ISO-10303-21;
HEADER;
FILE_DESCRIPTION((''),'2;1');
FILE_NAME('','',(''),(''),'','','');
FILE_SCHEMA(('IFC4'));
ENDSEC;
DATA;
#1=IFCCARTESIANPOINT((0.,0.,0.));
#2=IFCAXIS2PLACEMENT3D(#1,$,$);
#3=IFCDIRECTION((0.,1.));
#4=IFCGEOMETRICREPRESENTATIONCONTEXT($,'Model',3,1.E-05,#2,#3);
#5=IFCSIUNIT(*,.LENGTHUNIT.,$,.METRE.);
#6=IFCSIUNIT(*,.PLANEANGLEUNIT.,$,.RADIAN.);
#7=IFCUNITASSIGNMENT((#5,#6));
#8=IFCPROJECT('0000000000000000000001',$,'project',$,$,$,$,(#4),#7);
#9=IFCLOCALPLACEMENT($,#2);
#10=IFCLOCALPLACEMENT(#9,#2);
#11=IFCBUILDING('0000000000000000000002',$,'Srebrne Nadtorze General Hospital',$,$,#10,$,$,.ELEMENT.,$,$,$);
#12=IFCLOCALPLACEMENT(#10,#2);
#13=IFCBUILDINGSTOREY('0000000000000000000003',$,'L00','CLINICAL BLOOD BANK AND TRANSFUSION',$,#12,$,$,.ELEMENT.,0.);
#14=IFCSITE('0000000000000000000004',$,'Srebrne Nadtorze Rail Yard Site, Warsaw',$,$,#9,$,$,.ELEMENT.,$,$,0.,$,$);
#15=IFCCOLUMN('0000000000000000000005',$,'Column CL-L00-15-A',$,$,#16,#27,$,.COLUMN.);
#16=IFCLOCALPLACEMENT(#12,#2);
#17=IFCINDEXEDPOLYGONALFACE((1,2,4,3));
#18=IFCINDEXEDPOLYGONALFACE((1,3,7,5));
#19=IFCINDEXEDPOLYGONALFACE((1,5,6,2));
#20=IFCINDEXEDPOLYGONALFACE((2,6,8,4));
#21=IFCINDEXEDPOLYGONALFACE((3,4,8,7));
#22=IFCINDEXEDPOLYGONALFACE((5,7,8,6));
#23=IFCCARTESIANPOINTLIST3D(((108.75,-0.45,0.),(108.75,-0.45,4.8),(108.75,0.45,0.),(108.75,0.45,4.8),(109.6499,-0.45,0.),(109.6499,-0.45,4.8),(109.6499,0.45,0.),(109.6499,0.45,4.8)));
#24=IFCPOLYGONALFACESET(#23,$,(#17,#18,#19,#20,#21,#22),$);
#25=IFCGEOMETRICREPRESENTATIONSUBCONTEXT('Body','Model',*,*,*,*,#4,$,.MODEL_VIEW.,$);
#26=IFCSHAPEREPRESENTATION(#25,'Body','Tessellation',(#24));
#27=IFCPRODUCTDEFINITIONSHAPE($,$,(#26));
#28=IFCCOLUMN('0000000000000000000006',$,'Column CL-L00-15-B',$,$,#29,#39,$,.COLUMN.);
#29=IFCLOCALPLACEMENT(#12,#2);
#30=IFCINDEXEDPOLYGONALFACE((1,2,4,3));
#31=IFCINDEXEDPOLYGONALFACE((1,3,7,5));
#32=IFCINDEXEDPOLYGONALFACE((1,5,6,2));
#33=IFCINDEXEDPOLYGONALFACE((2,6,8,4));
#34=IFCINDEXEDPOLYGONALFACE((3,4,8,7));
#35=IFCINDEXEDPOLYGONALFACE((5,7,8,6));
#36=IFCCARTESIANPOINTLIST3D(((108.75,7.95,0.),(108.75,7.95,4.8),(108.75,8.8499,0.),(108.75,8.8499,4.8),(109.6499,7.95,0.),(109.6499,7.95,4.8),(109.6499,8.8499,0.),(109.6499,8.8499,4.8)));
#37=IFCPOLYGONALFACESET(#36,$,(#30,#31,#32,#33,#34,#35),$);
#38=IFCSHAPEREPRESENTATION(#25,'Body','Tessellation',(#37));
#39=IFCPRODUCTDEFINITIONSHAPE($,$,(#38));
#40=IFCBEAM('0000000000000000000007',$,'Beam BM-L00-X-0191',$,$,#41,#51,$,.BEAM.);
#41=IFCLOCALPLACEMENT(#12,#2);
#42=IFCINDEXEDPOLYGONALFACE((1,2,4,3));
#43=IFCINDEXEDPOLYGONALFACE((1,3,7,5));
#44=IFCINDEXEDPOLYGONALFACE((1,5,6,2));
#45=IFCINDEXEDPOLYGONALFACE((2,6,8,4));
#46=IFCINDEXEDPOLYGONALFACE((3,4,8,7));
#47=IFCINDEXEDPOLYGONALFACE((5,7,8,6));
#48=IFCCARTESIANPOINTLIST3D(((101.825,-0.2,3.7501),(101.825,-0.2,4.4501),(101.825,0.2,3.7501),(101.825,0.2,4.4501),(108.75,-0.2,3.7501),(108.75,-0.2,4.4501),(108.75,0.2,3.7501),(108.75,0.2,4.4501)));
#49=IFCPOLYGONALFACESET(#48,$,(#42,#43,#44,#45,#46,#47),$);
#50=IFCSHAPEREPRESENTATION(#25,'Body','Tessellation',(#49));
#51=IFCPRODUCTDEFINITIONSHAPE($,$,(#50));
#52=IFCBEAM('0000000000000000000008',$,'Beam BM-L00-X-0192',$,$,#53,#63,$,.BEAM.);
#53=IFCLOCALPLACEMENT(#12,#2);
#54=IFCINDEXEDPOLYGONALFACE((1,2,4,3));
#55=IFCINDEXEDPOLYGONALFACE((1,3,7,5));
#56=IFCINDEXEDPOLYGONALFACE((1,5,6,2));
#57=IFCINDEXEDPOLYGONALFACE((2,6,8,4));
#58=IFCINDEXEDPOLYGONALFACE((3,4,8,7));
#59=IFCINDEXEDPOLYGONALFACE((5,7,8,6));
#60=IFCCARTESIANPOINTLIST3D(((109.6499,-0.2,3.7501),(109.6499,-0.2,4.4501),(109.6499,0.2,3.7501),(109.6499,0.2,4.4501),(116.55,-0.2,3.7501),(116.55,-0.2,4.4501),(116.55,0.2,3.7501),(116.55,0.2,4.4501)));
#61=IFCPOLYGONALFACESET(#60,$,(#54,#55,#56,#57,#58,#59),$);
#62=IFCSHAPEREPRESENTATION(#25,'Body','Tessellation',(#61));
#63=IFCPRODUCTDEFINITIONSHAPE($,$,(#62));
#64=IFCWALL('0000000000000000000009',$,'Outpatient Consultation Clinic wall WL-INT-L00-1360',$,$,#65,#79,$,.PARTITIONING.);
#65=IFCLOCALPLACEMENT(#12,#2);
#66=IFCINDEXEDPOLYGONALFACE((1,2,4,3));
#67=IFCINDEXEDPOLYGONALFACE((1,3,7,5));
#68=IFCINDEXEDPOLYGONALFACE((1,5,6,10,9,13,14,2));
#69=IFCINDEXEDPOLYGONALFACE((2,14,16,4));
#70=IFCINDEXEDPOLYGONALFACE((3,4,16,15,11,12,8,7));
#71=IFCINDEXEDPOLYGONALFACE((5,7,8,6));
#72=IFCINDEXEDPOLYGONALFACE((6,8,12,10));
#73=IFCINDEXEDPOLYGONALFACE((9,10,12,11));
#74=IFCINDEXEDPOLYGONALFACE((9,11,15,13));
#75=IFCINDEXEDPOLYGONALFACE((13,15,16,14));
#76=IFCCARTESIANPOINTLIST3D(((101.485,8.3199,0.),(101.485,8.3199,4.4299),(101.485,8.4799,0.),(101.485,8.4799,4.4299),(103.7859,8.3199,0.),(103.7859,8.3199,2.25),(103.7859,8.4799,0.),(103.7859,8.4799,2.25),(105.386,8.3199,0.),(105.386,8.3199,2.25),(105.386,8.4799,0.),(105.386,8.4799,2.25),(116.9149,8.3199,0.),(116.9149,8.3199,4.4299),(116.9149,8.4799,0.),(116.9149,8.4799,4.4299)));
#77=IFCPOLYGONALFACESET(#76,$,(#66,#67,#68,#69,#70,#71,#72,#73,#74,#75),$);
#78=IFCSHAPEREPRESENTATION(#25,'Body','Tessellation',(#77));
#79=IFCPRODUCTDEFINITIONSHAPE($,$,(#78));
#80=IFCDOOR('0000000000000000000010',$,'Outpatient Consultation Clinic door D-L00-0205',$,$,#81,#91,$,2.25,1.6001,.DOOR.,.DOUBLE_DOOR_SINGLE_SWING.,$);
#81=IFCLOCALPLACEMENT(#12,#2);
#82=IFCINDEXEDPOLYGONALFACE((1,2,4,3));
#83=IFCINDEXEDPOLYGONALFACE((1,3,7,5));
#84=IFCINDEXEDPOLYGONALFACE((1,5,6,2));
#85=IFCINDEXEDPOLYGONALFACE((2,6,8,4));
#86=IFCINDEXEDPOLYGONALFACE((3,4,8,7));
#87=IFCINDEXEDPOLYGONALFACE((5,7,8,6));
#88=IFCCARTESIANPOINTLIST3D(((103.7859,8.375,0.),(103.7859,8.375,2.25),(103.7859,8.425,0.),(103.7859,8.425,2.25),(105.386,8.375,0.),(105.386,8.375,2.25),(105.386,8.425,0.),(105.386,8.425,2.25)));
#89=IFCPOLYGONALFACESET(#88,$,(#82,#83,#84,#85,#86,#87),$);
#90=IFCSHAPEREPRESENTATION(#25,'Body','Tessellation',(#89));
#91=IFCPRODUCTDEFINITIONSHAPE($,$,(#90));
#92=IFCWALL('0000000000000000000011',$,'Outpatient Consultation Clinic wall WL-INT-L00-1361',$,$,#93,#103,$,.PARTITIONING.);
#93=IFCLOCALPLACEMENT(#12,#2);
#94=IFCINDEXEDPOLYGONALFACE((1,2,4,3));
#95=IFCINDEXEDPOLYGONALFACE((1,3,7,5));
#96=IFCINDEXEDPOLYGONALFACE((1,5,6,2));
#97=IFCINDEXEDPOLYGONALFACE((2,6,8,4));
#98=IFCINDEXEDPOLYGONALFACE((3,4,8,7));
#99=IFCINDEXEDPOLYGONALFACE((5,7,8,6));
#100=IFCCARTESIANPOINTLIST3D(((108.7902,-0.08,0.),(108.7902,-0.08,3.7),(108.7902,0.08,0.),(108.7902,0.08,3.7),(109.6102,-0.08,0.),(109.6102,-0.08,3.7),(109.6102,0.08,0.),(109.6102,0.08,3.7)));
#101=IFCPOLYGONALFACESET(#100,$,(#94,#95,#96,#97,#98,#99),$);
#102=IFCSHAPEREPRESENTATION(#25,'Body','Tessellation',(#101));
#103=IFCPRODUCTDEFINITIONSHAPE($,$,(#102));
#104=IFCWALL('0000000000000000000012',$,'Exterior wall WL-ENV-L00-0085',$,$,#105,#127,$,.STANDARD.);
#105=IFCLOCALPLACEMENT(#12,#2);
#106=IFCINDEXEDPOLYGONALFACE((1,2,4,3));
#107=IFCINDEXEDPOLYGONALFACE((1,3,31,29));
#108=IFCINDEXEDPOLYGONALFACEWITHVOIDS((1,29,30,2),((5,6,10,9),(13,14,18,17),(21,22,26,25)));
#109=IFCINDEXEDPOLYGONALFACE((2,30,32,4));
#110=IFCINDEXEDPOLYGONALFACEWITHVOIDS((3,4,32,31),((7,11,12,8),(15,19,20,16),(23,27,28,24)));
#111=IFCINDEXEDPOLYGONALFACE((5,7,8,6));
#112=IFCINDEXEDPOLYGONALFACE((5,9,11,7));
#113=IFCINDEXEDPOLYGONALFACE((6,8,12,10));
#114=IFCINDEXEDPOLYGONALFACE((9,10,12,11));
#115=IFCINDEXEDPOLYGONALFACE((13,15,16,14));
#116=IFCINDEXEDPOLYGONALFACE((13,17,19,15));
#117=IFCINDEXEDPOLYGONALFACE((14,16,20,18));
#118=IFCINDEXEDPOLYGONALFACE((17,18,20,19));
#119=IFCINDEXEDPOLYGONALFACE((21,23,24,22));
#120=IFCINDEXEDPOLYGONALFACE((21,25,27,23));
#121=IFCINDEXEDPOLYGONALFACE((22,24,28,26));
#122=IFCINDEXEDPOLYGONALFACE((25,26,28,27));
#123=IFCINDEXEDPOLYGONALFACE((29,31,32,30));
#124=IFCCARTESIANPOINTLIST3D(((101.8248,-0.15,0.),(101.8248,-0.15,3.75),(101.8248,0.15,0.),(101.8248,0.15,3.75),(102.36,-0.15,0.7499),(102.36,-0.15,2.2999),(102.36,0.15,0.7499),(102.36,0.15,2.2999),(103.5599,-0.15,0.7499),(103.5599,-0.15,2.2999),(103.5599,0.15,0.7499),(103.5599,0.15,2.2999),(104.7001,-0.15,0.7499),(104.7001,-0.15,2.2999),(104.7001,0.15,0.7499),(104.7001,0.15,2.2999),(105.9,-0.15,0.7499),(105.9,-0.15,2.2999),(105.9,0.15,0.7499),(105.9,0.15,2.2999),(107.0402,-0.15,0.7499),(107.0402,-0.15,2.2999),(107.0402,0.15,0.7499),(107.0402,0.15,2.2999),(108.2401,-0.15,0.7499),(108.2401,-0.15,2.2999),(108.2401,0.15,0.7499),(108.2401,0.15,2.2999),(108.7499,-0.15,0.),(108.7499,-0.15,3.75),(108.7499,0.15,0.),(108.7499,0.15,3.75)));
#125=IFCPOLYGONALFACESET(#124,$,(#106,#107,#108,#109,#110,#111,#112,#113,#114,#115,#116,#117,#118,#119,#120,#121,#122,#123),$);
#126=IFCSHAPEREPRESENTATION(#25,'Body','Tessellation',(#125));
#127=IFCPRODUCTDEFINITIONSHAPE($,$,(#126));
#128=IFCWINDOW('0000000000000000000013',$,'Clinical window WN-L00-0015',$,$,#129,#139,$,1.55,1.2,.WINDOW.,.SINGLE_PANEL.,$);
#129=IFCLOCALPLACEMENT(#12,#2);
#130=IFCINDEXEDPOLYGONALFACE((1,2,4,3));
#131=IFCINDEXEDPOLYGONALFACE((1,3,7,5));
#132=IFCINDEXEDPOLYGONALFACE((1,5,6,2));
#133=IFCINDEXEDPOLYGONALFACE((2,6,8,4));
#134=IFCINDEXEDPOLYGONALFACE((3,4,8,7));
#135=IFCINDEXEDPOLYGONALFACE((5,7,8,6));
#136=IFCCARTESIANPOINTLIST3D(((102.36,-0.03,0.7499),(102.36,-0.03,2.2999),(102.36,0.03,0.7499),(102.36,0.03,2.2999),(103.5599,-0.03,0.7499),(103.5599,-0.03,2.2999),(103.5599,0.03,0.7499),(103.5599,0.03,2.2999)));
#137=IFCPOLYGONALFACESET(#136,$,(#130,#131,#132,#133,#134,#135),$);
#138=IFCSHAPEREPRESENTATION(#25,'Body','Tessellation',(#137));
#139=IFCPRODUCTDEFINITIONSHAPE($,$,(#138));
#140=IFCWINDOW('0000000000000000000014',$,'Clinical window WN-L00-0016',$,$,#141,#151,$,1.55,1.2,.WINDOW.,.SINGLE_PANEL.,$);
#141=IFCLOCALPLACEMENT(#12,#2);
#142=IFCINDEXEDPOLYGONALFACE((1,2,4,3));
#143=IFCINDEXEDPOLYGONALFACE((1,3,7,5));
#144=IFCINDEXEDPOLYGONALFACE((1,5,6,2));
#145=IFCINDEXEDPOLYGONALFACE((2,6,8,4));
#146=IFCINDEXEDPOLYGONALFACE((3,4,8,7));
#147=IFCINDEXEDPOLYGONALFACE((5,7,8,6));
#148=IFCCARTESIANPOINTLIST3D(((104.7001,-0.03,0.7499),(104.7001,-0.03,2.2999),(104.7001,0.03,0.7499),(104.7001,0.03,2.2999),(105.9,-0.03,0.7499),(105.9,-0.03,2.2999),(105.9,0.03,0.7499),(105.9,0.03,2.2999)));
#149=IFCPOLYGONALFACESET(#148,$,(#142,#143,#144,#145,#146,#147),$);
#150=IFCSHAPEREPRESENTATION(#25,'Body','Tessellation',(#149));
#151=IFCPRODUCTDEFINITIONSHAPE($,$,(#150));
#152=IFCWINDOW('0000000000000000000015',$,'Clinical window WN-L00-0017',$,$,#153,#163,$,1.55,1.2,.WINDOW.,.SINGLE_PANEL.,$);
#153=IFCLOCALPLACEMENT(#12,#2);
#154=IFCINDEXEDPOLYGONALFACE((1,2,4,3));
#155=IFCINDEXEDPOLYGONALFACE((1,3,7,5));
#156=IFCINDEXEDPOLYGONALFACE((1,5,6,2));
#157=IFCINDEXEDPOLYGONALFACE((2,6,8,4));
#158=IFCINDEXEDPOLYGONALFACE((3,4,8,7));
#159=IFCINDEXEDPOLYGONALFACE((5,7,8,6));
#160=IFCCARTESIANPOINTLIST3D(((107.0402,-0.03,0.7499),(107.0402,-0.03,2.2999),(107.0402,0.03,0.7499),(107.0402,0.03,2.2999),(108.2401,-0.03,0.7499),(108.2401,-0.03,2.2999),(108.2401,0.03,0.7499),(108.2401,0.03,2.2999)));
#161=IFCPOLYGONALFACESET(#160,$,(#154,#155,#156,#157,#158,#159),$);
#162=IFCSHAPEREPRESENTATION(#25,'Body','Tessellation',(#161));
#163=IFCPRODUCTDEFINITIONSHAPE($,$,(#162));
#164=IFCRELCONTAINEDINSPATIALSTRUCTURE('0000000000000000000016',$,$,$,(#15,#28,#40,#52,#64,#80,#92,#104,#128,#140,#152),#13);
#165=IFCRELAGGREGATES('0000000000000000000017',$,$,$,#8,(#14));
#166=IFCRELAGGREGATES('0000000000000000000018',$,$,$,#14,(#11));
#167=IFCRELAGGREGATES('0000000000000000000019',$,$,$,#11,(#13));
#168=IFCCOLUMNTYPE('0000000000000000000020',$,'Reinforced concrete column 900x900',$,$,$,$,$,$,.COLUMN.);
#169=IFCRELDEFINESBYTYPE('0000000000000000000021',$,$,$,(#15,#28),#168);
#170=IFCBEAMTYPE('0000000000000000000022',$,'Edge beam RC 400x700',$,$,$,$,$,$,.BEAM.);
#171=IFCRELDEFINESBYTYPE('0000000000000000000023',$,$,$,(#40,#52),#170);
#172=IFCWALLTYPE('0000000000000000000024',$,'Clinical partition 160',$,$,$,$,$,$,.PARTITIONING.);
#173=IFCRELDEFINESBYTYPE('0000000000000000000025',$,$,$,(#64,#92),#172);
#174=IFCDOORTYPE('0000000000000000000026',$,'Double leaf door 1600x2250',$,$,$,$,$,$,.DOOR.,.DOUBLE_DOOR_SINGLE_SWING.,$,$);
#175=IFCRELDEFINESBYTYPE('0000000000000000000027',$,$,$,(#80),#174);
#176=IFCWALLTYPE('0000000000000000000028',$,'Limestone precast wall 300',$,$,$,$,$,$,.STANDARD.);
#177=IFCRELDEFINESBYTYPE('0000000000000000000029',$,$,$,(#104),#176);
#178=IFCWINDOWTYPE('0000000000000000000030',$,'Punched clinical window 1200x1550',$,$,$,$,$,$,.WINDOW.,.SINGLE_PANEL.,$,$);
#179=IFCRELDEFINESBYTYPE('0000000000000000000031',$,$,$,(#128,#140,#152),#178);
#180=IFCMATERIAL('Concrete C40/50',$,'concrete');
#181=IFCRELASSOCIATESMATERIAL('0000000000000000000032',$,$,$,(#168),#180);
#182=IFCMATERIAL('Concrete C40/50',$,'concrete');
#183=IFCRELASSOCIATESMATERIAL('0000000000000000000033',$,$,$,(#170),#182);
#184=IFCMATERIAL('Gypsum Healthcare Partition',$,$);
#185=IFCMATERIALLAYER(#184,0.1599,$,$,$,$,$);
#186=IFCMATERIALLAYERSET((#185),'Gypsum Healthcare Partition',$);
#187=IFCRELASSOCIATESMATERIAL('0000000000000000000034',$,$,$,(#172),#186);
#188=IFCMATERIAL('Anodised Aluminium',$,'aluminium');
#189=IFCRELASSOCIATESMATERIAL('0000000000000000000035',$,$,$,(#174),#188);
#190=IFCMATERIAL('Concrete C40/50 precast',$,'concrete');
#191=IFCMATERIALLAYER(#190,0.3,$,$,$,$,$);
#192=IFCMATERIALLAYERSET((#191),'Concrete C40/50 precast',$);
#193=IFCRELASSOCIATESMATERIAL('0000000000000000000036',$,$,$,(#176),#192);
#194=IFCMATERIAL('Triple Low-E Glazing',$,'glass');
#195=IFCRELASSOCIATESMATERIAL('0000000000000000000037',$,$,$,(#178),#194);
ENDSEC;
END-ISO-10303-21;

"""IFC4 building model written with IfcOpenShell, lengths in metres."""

from ifc_helpers import new_model, si_unit, direction, frame, frame_2d, origin, origin_2d, place, context, subcontext, project, spatial, rectangle, extrude, material, layer, layer_set, material_profile, profile_set, type_object, element, fill, save


model = new_model("IFC4")

# Units and contexts
model_context = context("Model", 3, precision=1e-05, world=origin(), true_north=direction((0.0, 1.0)))
body_context = subcontext(model_context, "Body", "Model", "MODEL_VIEW")
ifc_project = project(units=[si_unit("LENGTHUNIT", "METRE"), si_unit("PLANEANGLEUNIT", "RADIAN")], contexts=[model_context])

# Site, building, storey
site_placement = place(None, origin())
site = spatial("IfcSite", under=ifc_project, at=site_placement, Name="Srebrne Nadtorze Rail Yard Site, Warsaw", CompositionType="ELEMENT", RefElevation=0.0)
building_placement = place(site_placement, origin())
building = spatial("IfcBuilding", under=site, at=building_placement, Name="Srebrne Nadtorze General Hospital", CompositionType="ELEMENT")
storey_placement = place(building_placement, origin())
storey = spatial("IfcBuildingStorey", under=building, at=storey_placement, Name="L00", Description="CLINICAL BLOOD BANK AND TRANSFUSION", CompositionType="ELEMENT", Elevation=0.0)

# Columns
ifc_material_1 = material(Name="Concrete C40/50", Category="concrete")
ifc_material_profile_1 = material_profile(ifc_material_1, rectangle(XDim=0.8999, YDim=0.8999, at=origin_2d()), Name="RC-COL-900x900")
ifc_profile_set_1 = profile_set([ifc_material_profile_1], Name="Concrete C40/50")
column_type = type_object("IfcColumnType", Name="Reinforced concrete column 900x900", PredefinedType="COLUMN", material=ifc_profile_set_1)
for number, where, z_axis, x_axis, name in (
    (1, (109.2, 0.0, 0.0), (0.0, 0.0, 1.0), (1.0, 0.0, 0.0), "Column CL-L00-15-A"),
    (2, (109.2, 8.3999, 0.0), (0.0, 0.0, 1.0), (1.0, 0.0, 0.0), "Column CL-L00-15-B"),
):
    element("IfcColumn", number, at=place(storey_placement, frame(where, z_axis=z_axis, x_axis=x_axis)), inside=storey, type_object=column_type, Name=name, PredefinedType="COLUMN", context=body_context, shape_type="SweptSolid", body=[
        extrude(rectangle(XDim=0.8999, YDim=0.8999, at=origin_2d()), origin(), (0.0, 0.0, 1.0), 4.8),
    ])

# Beams
ifc_material_2 = material(Name="Concrete C40/50", Category="concrete")
ifc_material_profile_2 = material_profile(ifc_material_2, rectangle(XDim=0.3999, YDim=0.7, at=origin_2d()), Name="RC-BM-400x700")
ifc_profile_set_2 = profile_set([ifc_material_profile_2], Name="Concrete C40/50")
beam_type = type_object("IfcBeamType", Name="Edge beam RC 400x700", PredefinedType="BEAM", material=ifc_profile_set_2)
beam_1_placement = place(storey_placement, frame((101.825, 0.0, 4.1001), z_axis=(1.0, 0.0, 0.0), x_axis=(0.0, 1.0, 0.0)))
element("IfcBeam", 3, at=beam_1_placement, inside=storey, type_object=beam_type, Name="Beam BM-L00-X-0191", PredefinedType="BEAM", context=body_context, shape_type="SweptSolid", body=[
    extrude(rectangle(XDim=0.3999, YDim=0.7, at=origin_2d()), origin(), (0.0, 0.0, 1.0), 6.925),
])
beam_2_placement = place(storey_placement, frame((109.6499, 0.0, 4.1001), z_axis=(1.0, 0.0, 0.0), x_axis=(0.0, 1.0, 0.0)))
element("IfcBeam", 4, at=beam_2_placement, inside=storey, type_object=beam_type, Name="Beam BM-L00-X-0192", PredefinedType="BEAM", context=body_context, shape_type="SweptSolid", body=[
    extrude(rectangle(XDim=0.3999, YDim=0.7, at=origin_2d()), origin(), (0.0, 0.0, 1.0), 6.9001),
])

# Wall, opening, door
ifc_material_3 = material(Name="Gypsum Healthcare Partition")
ifc_layer_1 = layer(ifc_material_3, 0.1599)
ifc_layer_set_1 = layer_set([ifc_layer_1], Name="Gypsum Healthcare Partition")
wall_type_1 = type_object("IfcWallType", Name="Clinical partition 160", PredefinedType="PARTITIONING", material=ifc_layer_set_1)
wall_1_placement = place(storey_placement, frame((101.4851, 8.3999, 0.0), z_axis=(0.0, 0.0, 1.0), x_axis=(1.0, 0.0, 0.0)))
wall_1 = element("IfcWall", 5, at=wall_1_placement, inside=storey, type_object=wall_type_1, Name="Outpatient Consultation Clinic wall WL-INT-L00-1360", PredefinedType="PARTITIONING", context=body_context, shape_type="SweptSolid", body=[
    extrude(rectangle(XDim=15.4299, YDim=0.1599, at=frame_2d((7.7148, 0.0))), origin(), (0.0, 0.0, 1.0), 4.4299),
])
opening_1_placement = place(wall_1_placement, frame((2.3008, 0.0, 0.0)))
opening_1 = element("IfcOpeningElement", 6, at=opening_1_placement, cuts=wall_1, PredefinedType="OPENING", context=body_context, shape_type="SweptSolid", body=[
    extrude(rectangle(XDim=1.6001, YDim=2.25, at=frame_2d((0.8, 1.125))), frame((0.0, 0.0918, 0.0), z_axis=(0.0, -1.0, 0.0), x_axis=(1.0, 0.0, 0.0)), (0.0, 0.0, 1.0), 0.1838),
])
ifc_material_4 = material(Name="Anodised Aluminium", Category="aluminium")
door_type = type_object("IfcDoorType", Name="Double leaf door 1600x2250", OperationType="DOUBLE_DOOR_SINGLE_SWING", PredefinedType="DOOR", material=ifc_material_4)
door_placement = place(opening_1_placement, frame((1.6001, 0.0, 0.0), z_axis=(0.0, 0.0, 1.0), x_axis=(-1.0, 0.0, 0.0)))
door = element("IfcDoor", 7, at=door_placement, inside=storey, type_object=door_type, Name="Outpatient Consultation Clinic door D-L00-0205", OperationType="DOUBLE_DOOR_SINGLE_SWING", OverallHeight=2.25, OverallWidth=1.6001, PredefinedType="DOOR", context=body_context, shape_type="SweptSolid", body=[
    extrude(rectangle(XDim=1.6001, YDim=2.25, at=frame_2d((0.8, 1.125))), frame((0.0, 0.0249, 0.0), z_axis=(0.0, -1.0, 0.0), x_axis=(1.0, 0.0, 0.0)), (0.0, 0.0, 1.0), 0.05),
])
fill(opening_1, door)

# Wall
wall_2_placement = place(storey_placement, frame((108.79, 0.0, 0.0), z_axis=(0.0, 0.0, 1.0), x_axis=(1.0, 0.0, 0.0)))
element("IfcWall", 8, at=wall_2_placement, inside=storey, type_object=wall_type_1, Name="Outpatient Consultation Clinic wall WL-INT-L00-1361", PredefinedType="PARTITIONING", context=body_context, shape_type="SweptSolid", body=[
    extrude(rectangle(XDim=0.8201, YDim=0.1599, at=frame_2d((0.4102, 0.0))), origin(), (0.0, 0.0, 1.0), 3.7),
])

# Wall, openings, windows
ifc_material_5 = material(Name="Concrete C40/50 precast", Category="concrete")
ifc_layer_2 = layer(ifc_material_5, 0.3)
ifc_layer_set_2 = layer_set([ifc_layer_2], Name="Concrete C40/50 precast")
wall_type_2 = type_object("IfcWallType", Name="Limestone precast wall 300", PredefinedType="STANDARD", material=ifc_layer_set_2)
wall_3_placement = place(storey_placement, frame((101.825, 0.0, 0.0), z_axis=(0.0, 0.0, 1.0), x_axis=(1.0, 0.0, 0.0)))
wall_3 = element("IfcWall", 9, at=wall_3_placement, inside=storey, type_object=wall_type_2, Name="Exterior wall WL-ENV-L00-0085", PredefinedType="STANDARD", context=body_context, shape_type="SweptSolid", body=[
    extrude(rectangle(XDim=6.925, YDim=0.3, at=frame_2d((3.4624, 0.0))), origin(), (0.0, 0.0, 1.0), 3.75),
])
opening_2_placement = place(wall_3_placement, frame((0.5349, 0.0, 0.75)))
opening_2 = element("IfcOpeningElement", 10, at=opening_2_placement, cuts=wall_3, PredefinedType="OPENING", context=body_context, shape_type="SweptSolid", body=[
    extrude(rectangle(XDim=1.2, YDim=1.55, at=frame_2d((0.6001, 0.7749))), frame((0.0, 0.1621, 0.0), z_axis=(0.0, -1.0, 0.0), x_axis=(1.0, 0.0, 0.0)), (0.0, 0.0, 1.0), 0.324),
])
opening_3_placement = place(wall_3_placement, frame((2.875, 0.0, 0.75)))
opening_3 = element("IfcOpeningElement", 11, at=opening_3_placement, cuts=wall_3, PredefinedType="OPENING", context=body_context, shape_type="SweptSolid", body=[
    extrude(rectangle(XDim=1.2, YDim=1.55, at=frame_2d((0.6001, 0.7749))), frame((0.0, 0.1621, 0.0), z_axis=(0.0, -1.0, 0.0), x_axis=(1.0, 0.0, 0.0)), (0.0, 0.0, 1.0), 0.324),
])
opening_4_placement = place(wall_3_placement, frame((5.2151, 0.0, 0.75)))
opening_4 = element("IfcOpeningElement", 12, at=opening_4_placement, cuts=wall_3, PredefinedType="OPENING", context=body_context, shape_type="SweptSolid", body=[
    extrude(rectangle(XDim=1.2, YDim=1.55, at=frame_2d((0.6001, 0.7749))), frame((0.0, 0.1621, 0.0), z_axis=(0.0, -1.0, 0.0), x_axis=(1.0, 0.0, 0.0)), (0.0, 0.0, 1.0), 0.324),
])
ifc_material_6 = material(Name="Triple Low-E Glazing", Category="glass")
window_type_1 = type_object("IfcWindowType", Name="Punched clinical window 1200x1550", PartitioningType="SINGLE_PANEL", PredefinedType="WINDOW", material=ifc_material_6)
window_1_placement = place(opening_2_placement, origin())
window_1 = element("IfcWindow", 13, at=window_1_placement, inside=storey, type_object=window_type_1, Name="Clinical window WN-L00-0015", OverallHeight=1.55, OverallWidth=1.2, PartitioningType="SINGLE_PANEL", PredefinedType="WINDOW", context=body_context, shape_type="SweptSolid", body=[
    extrude(rectangle(XDim=1.2, YDim=1.55, at=frame_2d((0.6001, 0.7749))), frame((0.0, 0.03, 0.0), z_axis=(0.0, -1.0, 0.0), x_axis=(1.0, 0.0, 0.0)), (0.0, 0.0, 1.0), 0.0601),
])
fill(opening_2, window_1)
window_2_placement = place(opening_3_placement, origin())
window_2 = element("IfcWindow", 14, at=window_2_placement, inside=storey, type_object=window_type_1, Name="Clinical window WN-L00-0016", OverallHeight=1.55, OverallWidth=1.2, PartitioningType="SINGLE_PANEL", PredefinedType="WINDOW", context=body_context, shape_type="SweptSolid", body=[
    extrude(rectangle(XDim=1.2, YDim=1.55, at=frame_2d((0.6001, 0.7749))), frame((0.0, 0.03, 0.0), z_axis=(0.0, -1.0, 0.0), x_axis=(1.0, 0.0, 0.0)), (0.0, 0.0, 1.0), 0.0601),
])
fill(opening_3, window_2)
window_3_placement = place(opening_4_placement, origin())
window_3 = element("IfcWindow", 15, at=window_3_placement, inside=storey, type_object=window_type_1, Name="Clinical window WN-L00-0017", OverallHeight=1.55, OverallWidth=1.2, PartitioningType="SINGLE_PANEL", PredefinedType="WINDOW", context=body_context, shape_type="SweptSolid", body=[
    extrude(rectangle(XDim=1.2, YDim=1.55, at=frame_2d((0.6001, 0.7749))), frame((0.0, 0.03, 0.0), z_axis=(0.0, -1.0, 0.0), x_axis=(1.0, 0.0, 0.0)), (0.0, 0.0, 1.0), 0.0601),
])
fill(opening_4, window_3)

save(model, "model.ifc")
